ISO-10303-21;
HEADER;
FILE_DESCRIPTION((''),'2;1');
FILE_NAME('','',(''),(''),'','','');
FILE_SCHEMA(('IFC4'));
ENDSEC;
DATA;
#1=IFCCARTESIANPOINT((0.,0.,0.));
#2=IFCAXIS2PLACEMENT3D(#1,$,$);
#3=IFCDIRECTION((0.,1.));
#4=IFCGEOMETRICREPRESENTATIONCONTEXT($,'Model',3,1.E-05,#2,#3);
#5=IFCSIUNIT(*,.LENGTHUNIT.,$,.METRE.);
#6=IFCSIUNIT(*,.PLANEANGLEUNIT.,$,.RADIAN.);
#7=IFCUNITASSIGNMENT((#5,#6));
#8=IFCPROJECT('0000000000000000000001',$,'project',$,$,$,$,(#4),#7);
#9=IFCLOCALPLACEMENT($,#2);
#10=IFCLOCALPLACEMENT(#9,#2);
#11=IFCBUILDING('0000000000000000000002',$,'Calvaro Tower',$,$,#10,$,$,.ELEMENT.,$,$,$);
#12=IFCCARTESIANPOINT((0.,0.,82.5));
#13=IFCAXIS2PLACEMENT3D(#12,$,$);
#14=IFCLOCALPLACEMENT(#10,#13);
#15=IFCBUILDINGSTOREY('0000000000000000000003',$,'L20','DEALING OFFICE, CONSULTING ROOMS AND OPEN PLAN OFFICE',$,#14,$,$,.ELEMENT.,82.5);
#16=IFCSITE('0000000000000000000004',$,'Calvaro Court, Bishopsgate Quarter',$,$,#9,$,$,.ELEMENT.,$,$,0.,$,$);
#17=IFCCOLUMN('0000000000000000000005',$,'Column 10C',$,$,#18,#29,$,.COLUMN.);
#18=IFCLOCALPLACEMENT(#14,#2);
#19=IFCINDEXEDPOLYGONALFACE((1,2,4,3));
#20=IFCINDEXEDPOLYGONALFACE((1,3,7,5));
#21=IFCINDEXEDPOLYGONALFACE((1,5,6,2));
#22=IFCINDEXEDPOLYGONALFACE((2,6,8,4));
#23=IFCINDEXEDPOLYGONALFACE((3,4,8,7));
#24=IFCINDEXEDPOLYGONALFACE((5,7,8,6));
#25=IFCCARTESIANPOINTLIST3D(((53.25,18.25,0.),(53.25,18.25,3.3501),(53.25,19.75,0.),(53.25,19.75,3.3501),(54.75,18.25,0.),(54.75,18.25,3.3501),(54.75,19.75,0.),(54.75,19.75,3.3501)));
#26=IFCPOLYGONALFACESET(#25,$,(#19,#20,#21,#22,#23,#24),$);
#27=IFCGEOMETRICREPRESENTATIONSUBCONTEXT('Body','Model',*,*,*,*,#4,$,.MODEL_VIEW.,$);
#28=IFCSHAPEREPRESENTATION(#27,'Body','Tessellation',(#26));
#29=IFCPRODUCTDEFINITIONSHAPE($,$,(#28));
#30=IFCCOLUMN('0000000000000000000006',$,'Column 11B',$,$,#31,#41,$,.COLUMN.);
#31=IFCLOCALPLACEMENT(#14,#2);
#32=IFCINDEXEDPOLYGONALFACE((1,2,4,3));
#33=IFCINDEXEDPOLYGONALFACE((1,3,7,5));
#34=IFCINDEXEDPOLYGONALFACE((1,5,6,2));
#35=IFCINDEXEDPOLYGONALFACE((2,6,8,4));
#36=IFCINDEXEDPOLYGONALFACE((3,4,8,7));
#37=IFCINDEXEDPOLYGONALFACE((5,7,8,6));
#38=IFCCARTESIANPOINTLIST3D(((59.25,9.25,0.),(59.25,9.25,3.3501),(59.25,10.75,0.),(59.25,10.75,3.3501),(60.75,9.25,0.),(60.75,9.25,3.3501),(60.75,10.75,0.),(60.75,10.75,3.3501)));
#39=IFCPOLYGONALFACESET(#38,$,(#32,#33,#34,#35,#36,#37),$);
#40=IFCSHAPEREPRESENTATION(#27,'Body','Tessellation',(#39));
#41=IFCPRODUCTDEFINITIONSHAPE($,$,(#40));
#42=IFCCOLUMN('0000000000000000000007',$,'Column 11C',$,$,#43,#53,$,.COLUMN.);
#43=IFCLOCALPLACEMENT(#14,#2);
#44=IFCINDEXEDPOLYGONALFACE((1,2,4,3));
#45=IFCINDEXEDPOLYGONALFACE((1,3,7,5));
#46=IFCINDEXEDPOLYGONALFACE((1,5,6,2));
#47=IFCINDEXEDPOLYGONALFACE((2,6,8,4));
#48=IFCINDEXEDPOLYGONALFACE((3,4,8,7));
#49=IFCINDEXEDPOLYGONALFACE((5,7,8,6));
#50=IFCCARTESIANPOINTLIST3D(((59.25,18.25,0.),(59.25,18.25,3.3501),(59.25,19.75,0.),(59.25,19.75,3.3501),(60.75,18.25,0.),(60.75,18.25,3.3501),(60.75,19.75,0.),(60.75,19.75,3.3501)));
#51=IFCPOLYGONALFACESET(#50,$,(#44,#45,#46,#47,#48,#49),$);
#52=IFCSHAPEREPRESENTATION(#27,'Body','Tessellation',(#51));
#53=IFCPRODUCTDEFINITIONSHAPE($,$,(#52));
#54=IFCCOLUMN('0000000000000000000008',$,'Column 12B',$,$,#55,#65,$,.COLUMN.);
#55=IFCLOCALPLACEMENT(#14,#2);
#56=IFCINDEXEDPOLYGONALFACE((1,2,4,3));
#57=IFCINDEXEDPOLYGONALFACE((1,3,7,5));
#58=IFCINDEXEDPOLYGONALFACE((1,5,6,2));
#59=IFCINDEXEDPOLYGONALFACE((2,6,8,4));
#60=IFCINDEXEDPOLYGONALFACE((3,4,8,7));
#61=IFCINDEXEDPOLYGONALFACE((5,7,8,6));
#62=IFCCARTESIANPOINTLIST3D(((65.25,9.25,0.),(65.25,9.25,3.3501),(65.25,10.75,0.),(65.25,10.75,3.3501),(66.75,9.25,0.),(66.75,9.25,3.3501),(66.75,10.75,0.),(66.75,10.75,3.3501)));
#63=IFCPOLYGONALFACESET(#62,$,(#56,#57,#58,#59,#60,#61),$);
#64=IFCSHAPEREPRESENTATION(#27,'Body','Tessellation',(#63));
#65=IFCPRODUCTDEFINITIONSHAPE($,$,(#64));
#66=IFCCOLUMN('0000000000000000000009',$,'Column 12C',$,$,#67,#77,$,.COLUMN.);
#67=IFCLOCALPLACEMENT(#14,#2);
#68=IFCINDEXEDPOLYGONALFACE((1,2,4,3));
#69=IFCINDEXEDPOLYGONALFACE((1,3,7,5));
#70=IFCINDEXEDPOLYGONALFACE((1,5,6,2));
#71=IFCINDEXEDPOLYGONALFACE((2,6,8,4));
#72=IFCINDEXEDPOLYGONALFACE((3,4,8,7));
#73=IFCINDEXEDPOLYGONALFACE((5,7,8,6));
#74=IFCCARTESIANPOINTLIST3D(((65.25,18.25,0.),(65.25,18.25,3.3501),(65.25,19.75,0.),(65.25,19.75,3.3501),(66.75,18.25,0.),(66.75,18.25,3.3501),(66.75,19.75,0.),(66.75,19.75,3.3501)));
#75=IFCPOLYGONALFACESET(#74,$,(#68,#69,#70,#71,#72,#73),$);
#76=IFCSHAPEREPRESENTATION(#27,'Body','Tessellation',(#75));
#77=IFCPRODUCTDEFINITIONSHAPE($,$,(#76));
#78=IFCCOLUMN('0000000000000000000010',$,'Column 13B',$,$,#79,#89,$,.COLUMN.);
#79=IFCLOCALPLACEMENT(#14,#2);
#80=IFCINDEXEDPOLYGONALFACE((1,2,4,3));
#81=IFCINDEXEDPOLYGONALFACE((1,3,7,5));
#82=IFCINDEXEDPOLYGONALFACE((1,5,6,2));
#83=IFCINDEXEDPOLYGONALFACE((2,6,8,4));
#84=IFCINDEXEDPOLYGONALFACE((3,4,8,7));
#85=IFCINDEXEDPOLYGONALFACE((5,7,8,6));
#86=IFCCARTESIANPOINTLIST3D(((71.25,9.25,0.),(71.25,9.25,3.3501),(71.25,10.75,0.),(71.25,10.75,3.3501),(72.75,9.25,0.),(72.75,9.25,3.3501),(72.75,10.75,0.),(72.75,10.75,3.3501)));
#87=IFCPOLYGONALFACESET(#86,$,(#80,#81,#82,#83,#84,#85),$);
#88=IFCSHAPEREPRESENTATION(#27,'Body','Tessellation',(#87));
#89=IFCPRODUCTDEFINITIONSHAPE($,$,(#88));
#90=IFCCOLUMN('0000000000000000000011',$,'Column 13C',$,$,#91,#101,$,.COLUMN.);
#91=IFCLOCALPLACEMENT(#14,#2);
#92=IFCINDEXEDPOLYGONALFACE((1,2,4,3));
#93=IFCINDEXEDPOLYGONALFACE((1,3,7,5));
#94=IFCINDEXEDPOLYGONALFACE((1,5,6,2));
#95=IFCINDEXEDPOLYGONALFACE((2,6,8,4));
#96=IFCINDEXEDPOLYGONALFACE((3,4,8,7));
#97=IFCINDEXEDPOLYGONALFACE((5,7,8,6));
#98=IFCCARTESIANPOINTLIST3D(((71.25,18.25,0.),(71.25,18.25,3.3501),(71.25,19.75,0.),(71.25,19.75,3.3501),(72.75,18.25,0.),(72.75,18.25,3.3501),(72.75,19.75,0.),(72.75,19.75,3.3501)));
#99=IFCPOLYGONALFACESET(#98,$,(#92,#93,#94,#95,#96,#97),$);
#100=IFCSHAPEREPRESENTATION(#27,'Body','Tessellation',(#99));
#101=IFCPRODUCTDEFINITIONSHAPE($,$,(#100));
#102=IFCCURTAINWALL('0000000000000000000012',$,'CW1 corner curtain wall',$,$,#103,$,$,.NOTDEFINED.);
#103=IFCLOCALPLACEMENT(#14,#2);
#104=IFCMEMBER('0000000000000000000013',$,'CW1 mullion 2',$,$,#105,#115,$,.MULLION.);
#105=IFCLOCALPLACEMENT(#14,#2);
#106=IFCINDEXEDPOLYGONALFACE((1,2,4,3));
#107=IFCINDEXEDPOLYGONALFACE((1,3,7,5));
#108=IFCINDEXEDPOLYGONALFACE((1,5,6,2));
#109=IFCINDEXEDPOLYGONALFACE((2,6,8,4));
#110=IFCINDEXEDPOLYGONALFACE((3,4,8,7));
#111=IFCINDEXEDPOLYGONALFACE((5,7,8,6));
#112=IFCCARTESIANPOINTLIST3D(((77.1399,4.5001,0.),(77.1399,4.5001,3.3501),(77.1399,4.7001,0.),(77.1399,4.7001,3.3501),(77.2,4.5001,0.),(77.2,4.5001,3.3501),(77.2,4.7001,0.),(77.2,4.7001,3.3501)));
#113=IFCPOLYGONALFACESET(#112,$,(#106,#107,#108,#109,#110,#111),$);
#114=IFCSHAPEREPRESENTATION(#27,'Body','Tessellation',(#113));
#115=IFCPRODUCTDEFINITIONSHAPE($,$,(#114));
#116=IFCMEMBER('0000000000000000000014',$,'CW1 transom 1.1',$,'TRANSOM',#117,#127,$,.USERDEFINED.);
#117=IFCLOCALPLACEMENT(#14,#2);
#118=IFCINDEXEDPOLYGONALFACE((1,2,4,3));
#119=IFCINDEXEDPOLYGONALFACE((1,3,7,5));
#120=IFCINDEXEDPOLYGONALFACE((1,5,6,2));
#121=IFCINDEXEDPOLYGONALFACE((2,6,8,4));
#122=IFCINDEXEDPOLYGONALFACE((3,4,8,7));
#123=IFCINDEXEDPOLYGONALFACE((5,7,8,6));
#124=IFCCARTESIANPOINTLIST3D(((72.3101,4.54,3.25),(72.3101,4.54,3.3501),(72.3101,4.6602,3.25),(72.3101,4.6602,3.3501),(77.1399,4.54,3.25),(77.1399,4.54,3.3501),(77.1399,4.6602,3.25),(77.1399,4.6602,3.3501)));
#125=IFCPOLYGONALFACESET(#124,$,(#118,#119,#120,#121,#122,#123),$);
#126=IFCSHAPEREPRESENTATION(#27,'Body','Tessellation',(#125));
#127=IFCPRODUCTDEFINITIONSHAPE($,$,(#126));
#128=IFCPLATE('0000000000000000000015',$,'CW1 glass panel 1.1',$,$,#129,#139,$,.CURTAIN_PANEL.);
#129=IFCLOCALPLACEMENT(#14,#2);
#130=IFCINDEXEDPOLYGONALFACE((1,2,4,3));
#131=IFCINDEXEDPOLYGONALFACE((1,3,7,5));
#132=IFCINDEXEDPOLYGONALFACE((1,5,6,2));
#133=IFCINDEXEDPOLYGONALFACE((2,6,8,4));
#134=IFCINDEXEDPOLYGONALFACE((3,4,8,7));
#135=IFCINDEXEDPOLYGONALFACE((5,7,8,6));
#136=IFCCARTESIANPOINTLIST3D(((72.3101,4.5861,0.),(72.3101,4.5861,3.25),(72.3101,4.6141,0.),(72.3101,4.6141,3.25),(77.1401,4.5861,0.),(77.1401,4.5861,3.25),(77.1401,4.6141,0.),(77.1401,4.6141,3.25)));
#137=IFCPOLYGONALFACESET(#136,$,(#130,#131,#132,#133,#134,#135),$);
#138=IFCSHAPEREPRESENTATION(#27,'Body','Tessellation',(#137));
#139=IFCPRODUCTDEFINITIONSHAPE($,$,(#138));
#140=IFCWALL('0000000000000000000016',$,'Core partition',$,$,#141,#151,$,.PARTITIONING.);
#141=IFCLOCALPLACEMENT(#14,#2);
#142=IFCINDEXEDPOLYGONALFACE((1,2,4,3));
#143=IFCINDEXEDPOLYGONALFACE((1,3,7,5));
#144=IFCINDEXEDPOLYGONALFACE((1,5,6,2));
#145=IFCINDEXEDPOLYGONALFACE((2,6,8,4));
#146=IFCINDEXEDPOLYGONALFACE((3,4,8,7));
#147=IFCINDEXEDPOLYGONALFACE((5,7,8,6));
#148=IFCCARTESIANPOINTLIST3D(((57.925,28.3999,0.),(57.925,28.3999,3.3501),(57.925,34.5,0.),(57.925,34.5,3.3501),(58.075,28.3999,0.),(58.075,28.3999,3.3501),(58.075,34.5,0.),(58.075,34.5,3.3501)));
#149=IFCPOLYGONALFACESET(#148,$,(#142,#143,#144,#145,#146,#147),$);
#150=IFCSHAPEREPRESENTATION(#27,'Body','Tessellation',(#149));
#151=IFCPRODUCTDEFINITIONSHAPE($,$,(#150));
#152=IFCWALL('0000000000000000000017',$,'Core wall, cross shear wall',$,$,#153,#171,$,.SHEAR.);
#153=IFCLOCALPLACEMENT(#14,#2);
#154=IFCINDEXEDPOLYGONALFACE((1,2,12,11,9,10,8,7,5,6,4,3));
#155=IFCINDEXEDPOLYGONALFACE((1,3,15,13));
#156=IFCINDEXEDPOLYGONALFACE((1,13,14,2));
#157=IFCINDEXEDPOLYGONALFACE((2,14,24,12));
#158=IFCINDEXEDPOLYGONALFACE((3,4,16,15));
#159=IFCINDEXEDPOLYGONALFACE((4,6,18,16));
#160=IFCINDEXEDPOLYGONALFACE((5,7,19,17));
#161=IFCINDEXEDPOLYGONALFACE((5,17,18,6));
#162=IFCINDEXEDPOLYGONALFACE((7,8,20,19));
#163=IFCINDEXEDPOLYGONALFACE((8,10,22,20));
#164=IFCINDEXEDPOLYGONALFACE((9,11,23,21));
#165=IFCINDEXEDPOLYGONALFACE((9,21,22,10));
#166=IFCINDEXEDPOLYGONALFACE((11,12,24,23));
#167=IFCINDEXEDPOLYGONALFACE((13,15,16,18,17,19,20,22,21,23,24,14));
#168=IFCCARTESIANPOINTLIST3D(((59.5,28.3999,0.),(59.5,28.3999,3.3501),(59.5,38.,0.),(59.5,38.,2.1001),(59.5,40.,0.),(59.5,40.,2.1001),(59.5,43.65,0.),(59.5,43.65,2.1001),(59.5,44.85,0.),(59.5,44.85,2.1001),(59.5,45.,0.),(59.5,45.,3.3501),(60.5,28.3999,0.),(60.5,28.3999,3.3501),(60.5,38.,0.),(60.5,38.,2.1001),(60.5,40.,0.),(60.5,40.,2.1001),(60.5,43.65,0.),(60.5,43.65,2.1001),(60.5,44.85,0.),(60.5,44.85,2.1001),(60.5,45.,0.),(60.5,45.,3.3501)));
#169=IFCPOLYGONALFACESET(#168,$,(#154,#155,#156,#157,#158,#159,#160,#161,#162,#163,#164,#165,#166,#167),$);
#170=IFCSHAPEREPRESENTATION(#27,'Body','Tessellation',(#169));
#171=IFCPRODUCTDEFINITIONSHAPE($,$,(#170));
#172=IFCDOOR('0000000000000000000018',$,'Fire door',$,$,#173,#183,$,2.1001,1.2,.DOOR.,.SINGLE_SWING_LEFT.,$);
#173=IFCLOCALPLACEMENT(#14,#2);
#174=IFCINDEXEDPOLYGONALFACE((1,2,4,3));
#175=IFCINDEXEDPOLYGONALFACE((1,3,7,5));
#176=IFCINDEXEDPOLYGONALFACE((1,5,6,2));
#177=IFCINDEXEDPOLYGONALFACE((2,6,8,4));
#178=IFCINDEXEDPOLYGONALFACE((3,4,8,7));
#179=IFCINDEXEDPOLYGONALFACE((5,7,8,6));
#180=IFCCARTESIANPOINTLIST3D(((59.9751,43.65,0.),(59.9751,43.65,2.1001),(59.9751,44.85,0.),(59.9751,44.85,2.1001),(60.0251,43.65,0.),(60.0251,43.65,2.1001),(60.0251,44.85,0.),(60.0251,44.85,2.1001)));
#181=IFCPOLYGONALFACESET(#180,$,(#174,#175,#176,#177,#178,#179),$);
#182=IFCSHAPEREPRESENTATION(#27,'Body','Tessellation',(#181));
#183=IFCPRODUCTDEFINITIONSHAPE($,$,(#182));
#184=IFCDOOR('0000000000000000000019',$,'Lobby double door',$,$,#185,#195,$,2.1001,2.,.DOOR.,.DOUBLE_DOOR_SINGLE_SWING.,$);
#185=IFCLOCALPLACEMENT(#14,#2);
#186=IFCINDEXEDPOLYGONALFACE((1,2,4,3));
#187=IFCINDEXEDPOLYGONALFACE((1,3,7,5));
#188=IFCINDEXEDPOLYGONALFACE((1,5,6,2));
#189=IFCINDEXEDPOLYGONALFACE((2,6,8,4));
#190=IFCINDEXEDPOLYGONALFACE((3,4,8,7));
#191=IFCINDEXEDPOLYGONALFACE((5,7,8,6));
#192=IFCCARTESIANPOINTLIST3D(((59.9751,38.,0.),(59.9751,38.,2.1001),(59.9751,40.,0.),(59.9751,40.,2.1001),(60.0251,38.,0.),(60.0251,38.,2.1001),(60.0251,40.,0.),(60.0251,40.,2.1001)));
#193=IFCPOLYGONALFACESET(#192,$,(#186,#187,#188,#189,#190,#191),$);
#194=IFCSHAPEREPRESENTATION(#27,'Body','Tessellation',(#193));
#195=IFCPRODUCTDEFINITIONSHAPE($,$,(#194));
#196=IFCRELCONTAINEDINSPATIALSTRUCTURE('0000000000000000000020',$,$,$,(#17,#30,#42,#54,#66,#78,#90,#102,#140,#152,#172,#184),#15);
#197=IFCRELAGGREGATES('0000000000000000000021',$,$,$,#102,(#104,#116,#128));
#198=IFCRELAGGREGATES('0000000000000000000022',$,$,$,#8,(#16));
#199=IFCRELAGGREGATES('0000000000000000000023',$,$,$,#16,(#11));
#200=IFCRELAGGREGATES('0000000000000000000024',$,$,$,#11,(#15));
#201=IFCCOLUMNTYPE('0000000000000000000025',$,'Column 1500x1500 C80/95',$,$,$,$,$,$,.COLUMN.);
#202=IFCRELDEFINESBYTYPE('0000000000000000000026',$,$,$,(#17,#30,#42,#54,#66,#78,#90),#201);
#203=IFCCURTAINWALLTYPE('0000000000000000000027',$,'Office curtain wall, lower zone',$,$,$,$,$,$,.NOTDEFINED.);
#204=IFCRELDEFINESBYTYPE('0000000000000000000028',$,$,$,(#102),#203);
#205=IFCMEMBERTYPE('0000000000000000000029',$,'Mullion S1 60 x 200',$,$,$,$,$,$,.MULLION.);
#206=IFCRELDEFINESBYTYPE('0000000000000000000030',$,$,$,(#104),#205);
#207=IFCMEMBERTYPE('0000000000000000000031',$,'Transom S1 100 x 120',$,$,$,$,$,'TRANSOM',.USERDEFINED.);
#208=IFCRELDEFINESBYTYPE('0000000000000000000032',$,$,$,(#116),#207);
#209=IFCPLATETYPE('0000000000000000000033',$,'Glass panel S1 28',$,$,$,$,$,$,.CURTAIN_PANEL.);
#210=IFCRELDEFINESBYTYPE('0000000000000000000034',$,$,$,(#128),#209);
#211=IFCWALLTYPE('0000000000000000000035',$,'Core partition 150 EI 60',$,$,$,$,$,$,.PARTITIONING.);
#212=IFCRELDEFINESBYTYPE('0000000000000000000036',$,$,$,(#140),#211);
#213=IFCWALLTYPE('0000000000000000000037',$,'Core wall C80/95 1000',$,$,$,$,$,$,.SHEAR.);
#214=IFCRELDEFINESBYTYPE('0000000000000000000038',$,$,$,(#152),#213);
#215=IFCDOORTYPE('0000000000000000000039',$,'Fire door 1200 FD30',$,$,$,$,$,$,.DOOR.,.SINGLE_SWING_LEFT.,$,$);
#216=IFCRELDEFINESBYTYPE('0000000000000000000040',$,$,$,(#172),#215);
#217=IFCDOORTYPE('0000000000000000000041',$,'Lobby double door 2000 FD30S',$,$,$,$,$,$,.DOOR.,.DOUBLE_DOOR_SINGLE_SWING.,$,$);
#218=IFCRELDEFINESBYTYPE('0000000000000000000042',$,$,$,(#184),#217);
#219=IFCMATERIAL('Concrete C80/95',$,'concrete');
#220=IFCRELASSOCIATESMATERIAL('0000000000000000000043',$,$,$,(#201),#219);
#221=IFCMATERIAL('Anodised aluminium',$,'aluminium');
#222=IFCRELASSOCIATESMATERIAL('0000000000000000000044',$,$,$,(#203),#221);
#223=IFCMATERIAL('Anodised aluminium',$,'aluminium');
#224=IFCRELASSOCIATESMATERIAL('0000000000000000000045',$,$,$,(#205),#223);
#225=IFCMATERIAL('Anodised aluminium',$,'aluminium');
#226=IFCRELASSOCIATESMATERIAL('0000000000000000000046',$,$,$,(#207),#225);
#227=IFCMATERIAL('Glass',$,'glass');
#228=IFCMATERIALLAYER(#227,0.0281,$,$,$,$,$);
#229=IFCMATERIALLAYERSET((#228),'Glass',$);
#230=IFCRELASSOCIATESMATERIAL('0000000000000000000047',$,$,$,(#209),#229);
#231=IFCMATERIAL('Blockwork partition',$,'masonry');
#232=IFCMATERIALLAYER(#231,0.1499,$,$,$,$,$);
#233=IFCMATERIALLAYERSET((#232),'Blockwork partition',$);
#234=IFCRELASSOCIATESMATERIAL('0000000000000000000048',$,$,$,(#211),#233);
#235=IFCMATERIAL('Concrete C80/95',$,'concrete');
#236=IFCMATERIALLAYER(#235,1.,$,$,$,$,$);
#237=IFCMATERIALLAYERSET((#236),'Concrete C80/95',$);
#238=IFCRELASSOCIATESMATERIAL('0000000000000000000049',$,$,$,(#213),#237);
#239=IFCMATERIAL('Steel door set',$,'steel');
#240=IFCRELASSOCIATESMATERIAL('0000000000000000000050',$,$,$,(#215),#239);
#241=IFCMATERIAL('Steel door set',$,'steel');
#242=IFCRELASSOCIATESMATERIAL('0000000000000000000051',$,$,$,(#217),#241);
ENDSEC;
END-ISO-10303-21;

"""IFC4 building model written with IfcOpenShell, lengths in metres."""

from ifc_helpers import new_model, si_unit, direction, frame, frame_2d, origin, origin_2d, place, context, subcontext, project, spatial, rectangle, extrude, material, layer, layer_set, material_profile, profile_set, type_object, element, fill, aggregate, save


model = new_model("IFC4")

# Units and contexts
model_context = context("Model", 3, precision=1e-05, world=origin(), true_north=direction((0.0, 1.0)))
body_context = subcontext(model_context, "Body", "Model", "MODEL_VIEW")
ifc_project = project(units=[si_unit("LENGTHUNIT", "METRE"), si_unit("PLANEANGLEUNIT", "RADIAN")], contexts=[model_context])

# Site, building, storey
site_placement = place(None, origin())
site = spatial("IfcSite", under=ifc_project, at=site_placement, Name="Calvaro Court, Bishopsgate Quarter", CompositionType="ELEMENT", RefElevation=0.0)
building_placement = place(site_placement, origin())
building = spatial("IfcBuilding", under=site, at=building_placement, Name="Calvaro Tower", CompositionType="ELEMENT")
storey_placement = place(building_placement, frame((0.0, 0.0, 82.5)))
storey = spatial("IfcBuildingStorey", under=building, at=storey_placement, Name="L20", Description="DEALING OFFICE, CONSULTING ROOMS AND OPEN PLAN OFFICE", CompositionType="ELEMENT", Elevation=82.5)

# Columns
ifc_material_1 = material(Name="Concrete C80/95", Category="concrete")
ifc_material_profile_1 = material_profile(ifc_material_1, rectangle(XDim=1.5, YDim=1.5, at=origin_2d()), Name="RC 1500x1500")
ifc_profile_set_1 = profile_set([ifc_material_profile_1], Name="Concrete C80/95")
column_type = type_object("IfcColumnType", Name="Column 1500x1500 C80/95", PredefinedType="COLUMN", material=ifc_profile_set_1)
for number, where, z_axis, x_axis, name in (
    (1, (54.0, 19.0, 0.0), (0.0, 0.0, 1.0), (1.0, 0.0, 0.0), "Column 10C"),
    (2, (60.0, 10.0, 0.0), (0.0, 0.0, 1.0), (1.0, 0.0, 0.0), "Column 11B"),
    (3, (60.0, 19.0, 0.0), (0.0, 0.0, 1.0), (1.0, 0.0, 0.0), "Column 11C"),
    (4, (66.0, 10.0, 0.0), (0.0, 0.0, 1.0), (1.0, 0.0, 0.0), "Column 12B"),
    (5, (66.0, 19.0, 0.0), (0.0, 0.0, 1.0), (1.0, 0.0, 0.0), "Column 12C"),
    (6, (72.0, 10.0, 0.0), (0.0, 0.0, 1.0), (1.0, 0.0, 0.0), "Column 13B"),
    (7, (72.0, 19.0, 0.0), (0.0, 0.0, 1.0), (1.0, 0.0, 0.0), "Column 13C"),
):
    element("IfcColumn", number, at=place(storey_placement, frame(where, z_axis=z_axis, x_axis=x_axis)), inside=storey, type_object=column_type, Name=name, PredefinedType="COLUMN", context=body_context, shape_type="SweptSolid", body=[
        extrude(rectangle(XDim=1.5, YDim=1.5, at=origin_2d()), origin(), (0.0, 0.0, 1.0), 3.3501),
    ])

# Curtain wall, members, plate
ifc_material_2 = material(Name="Anodised aluminium", Category="aluminium")
curtain_wall_type = type_object("IfcCurtainWallType", Name="Office curtain wall, lower zone", PredefinedType="NOTDEFINED", material=ifc_material_2)
curtain_wall_placement = place(storey_placement, origin())
curtain_wall = element("IfcCurtainWall", 8, at=curtain_wall_placement, inside=storey, type_object=curtain_wall_type, Name="CW1 corner curtain wall", PredefinedType="NOTDEFINED")
ifc_material_3 = material(Name="Anodised aluminium", Category="aluminium")
ifc_material_profile_2 = material_profile(ifc_material_3, rectangle(XDim=0.2, YDim=0.0601, at=origin_2d()), Name="Mullion S1 60 x 200")
ifc_profile_set_2 = profile_set([ifc_material_profile_2], Name="Anodised aluminium")
member_type_1 = type_object("IfcMemberType", Name="Mullion S1 60 x 200", PredefinedType="MULLION", material=ifc_profile_set_2)
member_1_placement = place(storey_placement, frame((77.1699, 4.6001, 0.0), z_axis=(0.0, 0.0, 1.0), x_axis=(0.0, 1.0, 0.0)))
member_1 = element("IfcMember", 9, at=member_1_placement, type_object=member_type_1, Name="CW1 mullion 2", PredefinedType="MULLION", context=body_context, shape_type="SweptSolid", body=[
    extrude(rectangle(XDim=0.2, YDim=0.0601, at=origin_2d()), origin(), (0.0, 0.0, 1.0), 3.3501),
])
ifc_material_4 = material(Name="Anodised aluminium", Category="aluminium")
ifc_material_profile_3 = material_profile(ifc_material_4, rectangle(XDim=0.1201, YDim=0.1001, at=origin_2d()), Name="Transom S1 100 x 120")
ifc_profile_set_3 = profile_set([ifc_material_profile_3], Name="Anodised aluminium")
member_type_2 = type_object("IfcMemberType", Name="Transom S1 100 x 120", ElementType="TRANSOM", PredefinedType="USERDEFINED", material=ifc_profile_set_3)
member_2_placement = place(storey_placement, frame((72.3101, 4.6001, 3.3), z_axis=(1.0, 0.0, 0.0), x_axis=(0.0, 1.0, 0.0)))
member_2 = element("IfcMember", 10, at=member_2_placement, type_object=member_type_2, Name="CW1 transom 1.1", ObjectType="TRANSOM", PredefinedType="USERDEFINED", context=body_context, shape_type="SweptSolid", body=[
    extrude(rectangle(XDim=0.1201, YDim=0.1001, at=origin_2d()), origin(), (0.0, 0.0, 1.0), 4.8298),
])
ifc_material_5 = material(Name="Glass", Category="glass")
ifc_layer_1 = layer(ifc_material_5, 0.0281)
ifc_layer_set_1 = layer_set([ifc_layer_1], Name="Glass")
plate_type = type_object("IfcPlateType", Name="Glass panel S1 28", PredefinedType="CURTAIN_PANEL", material=ifc_layer_set_1)
plate_placement = place(storey_placement, frame((74.7251, 4.6001, 0.0), z_axis=(0.0, 0.0, 1.0), x_axis=(1.0, 0.0, 0.0)))
plate = element("IfcPlate", 11, at=plate_placement, type_object=plate_type, Name="CW1 glass panel 1.1", PredefinedType="CURTAIN_PANEL", context=body_context, shape_type="SweptSolid", body=[
    extrude(rectangle(XDim=4.8301, YDim=0.0281, at=origin_2d()), origin(), (0.0, 0.0, 1.0), 3.25),
])
aggregate(curtain_wall, [member_1, member_2, plate])

# Wall
ifc_material_6 = material(Name="Blockwork partition", Category="masonry")
ifc_layer_2 = layer(ifc_material_6, 0.1499)
ifc_layer_set_2 = layer_set([ifc_layer_2], Name="Blockwork partition")
wall_type_1 = type_object("IfcWallType", Name="Core partition 150 EI 60", PredefinedType="PARTITIONING", material=ifc_layer_set_2)
wall_1_placement = place(storey_placement, frame((58.0, 28.3999, 0.0), z_axis=(0.0, 0.0, 1.0), x_axis=(0.0, 1.0, 0.0)))
element("IfcWall", 12, at=wall_1_placement, inside=storey, type_object=wall_type_1, Name="Core partition", PredefinedType="PARTITIONING", context=body_context, shape_type="SweptSolid", body=[
    extrude(rectangle(XDim=6.1001, YDim=0.1499, at=frame_2d((3.05, 0.0))), origin(), (0.0, 0.0, 1.0), 3.3501),
])

# Wall, openings, doors
ifc_material_7 = material(Name="Concrete C80/95", Category="concrete")
ifc_layer_3 = layer(ifc_material_7, 1.0)
ifc_layer_set_3 = layer_set([ifc_layer_3], Name="Concrete C80/95")
wall_type_2 = type_object("IfcWallType", Name="Core wall C80/95 1000", PredefinedType="SHEAR", material=ifc_layer_set_3)
wall_2_placement = place(storey_placement, frame((60.0, 28.3999, 0.0), z_axis=(0.0, 0.0, 1.0), x_axis=(0.0, 1.0, 0.0)))
wall_2 = element("IfcWall", 13, at=wall_2_placement, inside=storey, type_object=wall_type_2, Name="Core wall, cross shear wall", PredefinedType="SHEAR", context=body_context, shape_type="SweptSolid", body=[
    extrude(rectangle(XDim=16.6001, YDim=1.0, at=frame_2d((8.3, 0.0))), origin(), (0.0, 0.0, 1.0), 3.3501),
])
opening_1_placement = place(wall_2_placement, frame((9.6001, 0.0, 0.0)))
opening_1 = element("IfcOpeningElement", 14, at=opening_1_placement, cuts=wall_2, PredefinedType="OPENING", context=body_context, shape_type="SweptSolid", body=[
    extrude(rectangle(XDim=2.0, YDim=2.1001, at=frame_2d((1.0, 1.05))), frame((0.0, 0.51, 0.0), z_axis=(0.0, -1.0, 0.0), x_axis=(1.0, 0.0, 0.0)), (0.0, 0.0, 1.0), 1.02),
])
opening_2_placement = place(wall_2_placement, frame((15.25, 0.0, 0.0)))
opening_2 = element("IfcOpeningElement", 15, at=opening_2_placement, cuts=wall_2, PredefinedType="OPENING", context=body_context, shape_type="SweptSolid", body=[
    extrude(rectangle(XDim=1.2, YDim=2.1001, at=frame_2d((0.6001, 1.05))), frame((0.0, 0.51, 0.0), z_axis=(0.0, -1.0, 0.0), x_axis=(1.0, 0.0, 0.0)), (0.0, 0.0, 1.0), 1.02),
])
ifc_material_8 = material(Name="Steel door set", Category="steel")
door_type_1 = type_object("IfcDoorType", Name="Fire door 1200 FD30", OperationType="SINGLE_SWING_LEFT", PredefinedType="DOOR", material=ifc_material_8)
door_1_placement = place(opening_2_placement, origin())
door_1 = element("IfcDoor", 16, at=door_1_placement, inside=storey, type_object=door_type_1, Name="Fire door", OperationType="SINGLE_SWING_LEFT", OverallHeight=2.1001, OverallWidth=1.2, PredefinedType="DOOR", context=body_context, shape_type="SweptSolid", body=[
    extrude(rectangle(XDim=1.2, YDim=2.1001, at=frame_2d((0.6001, 1.05))), frame((0.0, 0.0249, 0.0), z_axis=(0.0, -1.0, 0.0), x_axis=(1.0, 0.0, 0.0)), (0.0, 0.0, 1.0), 0.05),
])
fill(opening_2, door_1)
ifc_material_9 = material(Name="Steel door set", Category="steel")
door_type_2 = type_object("IfcDoorType", Name="Lobby double door 2000 FD30S", OperationType="DOUBLE_DOOR_SINGLE_SWING", PredefinedType="DOOR", material=ifc_material_9)
door_2_placement = place(opening_1_placement, origin())
door_2 = element("IfcDoor", 17, at=door_2_placement, inside=storey, type_object=door_type_2, Name="Lobby double door", OperationType="DOUBLE_DOOR_SINGLE_SWING", OverallHeight=2.1001, OverallWidth=2.0, PredefinedType="DOOR", context=body_context, shape_type="SweptSolid", body=[
    extrude(rectangle(XDim=2.0, YDim=2.1001, at=frame_2d((1.0, 1.05))), frame((0.0, 0.0249, 0.0), z_axis=(0.0, -1.0, 0.0), x_axis=(1.0, 0.0, 0.0)), (0.0, 0.0, 1.0), 0.05),
])
fill(opening_1, door_2)

save(model, "model.ifc")
